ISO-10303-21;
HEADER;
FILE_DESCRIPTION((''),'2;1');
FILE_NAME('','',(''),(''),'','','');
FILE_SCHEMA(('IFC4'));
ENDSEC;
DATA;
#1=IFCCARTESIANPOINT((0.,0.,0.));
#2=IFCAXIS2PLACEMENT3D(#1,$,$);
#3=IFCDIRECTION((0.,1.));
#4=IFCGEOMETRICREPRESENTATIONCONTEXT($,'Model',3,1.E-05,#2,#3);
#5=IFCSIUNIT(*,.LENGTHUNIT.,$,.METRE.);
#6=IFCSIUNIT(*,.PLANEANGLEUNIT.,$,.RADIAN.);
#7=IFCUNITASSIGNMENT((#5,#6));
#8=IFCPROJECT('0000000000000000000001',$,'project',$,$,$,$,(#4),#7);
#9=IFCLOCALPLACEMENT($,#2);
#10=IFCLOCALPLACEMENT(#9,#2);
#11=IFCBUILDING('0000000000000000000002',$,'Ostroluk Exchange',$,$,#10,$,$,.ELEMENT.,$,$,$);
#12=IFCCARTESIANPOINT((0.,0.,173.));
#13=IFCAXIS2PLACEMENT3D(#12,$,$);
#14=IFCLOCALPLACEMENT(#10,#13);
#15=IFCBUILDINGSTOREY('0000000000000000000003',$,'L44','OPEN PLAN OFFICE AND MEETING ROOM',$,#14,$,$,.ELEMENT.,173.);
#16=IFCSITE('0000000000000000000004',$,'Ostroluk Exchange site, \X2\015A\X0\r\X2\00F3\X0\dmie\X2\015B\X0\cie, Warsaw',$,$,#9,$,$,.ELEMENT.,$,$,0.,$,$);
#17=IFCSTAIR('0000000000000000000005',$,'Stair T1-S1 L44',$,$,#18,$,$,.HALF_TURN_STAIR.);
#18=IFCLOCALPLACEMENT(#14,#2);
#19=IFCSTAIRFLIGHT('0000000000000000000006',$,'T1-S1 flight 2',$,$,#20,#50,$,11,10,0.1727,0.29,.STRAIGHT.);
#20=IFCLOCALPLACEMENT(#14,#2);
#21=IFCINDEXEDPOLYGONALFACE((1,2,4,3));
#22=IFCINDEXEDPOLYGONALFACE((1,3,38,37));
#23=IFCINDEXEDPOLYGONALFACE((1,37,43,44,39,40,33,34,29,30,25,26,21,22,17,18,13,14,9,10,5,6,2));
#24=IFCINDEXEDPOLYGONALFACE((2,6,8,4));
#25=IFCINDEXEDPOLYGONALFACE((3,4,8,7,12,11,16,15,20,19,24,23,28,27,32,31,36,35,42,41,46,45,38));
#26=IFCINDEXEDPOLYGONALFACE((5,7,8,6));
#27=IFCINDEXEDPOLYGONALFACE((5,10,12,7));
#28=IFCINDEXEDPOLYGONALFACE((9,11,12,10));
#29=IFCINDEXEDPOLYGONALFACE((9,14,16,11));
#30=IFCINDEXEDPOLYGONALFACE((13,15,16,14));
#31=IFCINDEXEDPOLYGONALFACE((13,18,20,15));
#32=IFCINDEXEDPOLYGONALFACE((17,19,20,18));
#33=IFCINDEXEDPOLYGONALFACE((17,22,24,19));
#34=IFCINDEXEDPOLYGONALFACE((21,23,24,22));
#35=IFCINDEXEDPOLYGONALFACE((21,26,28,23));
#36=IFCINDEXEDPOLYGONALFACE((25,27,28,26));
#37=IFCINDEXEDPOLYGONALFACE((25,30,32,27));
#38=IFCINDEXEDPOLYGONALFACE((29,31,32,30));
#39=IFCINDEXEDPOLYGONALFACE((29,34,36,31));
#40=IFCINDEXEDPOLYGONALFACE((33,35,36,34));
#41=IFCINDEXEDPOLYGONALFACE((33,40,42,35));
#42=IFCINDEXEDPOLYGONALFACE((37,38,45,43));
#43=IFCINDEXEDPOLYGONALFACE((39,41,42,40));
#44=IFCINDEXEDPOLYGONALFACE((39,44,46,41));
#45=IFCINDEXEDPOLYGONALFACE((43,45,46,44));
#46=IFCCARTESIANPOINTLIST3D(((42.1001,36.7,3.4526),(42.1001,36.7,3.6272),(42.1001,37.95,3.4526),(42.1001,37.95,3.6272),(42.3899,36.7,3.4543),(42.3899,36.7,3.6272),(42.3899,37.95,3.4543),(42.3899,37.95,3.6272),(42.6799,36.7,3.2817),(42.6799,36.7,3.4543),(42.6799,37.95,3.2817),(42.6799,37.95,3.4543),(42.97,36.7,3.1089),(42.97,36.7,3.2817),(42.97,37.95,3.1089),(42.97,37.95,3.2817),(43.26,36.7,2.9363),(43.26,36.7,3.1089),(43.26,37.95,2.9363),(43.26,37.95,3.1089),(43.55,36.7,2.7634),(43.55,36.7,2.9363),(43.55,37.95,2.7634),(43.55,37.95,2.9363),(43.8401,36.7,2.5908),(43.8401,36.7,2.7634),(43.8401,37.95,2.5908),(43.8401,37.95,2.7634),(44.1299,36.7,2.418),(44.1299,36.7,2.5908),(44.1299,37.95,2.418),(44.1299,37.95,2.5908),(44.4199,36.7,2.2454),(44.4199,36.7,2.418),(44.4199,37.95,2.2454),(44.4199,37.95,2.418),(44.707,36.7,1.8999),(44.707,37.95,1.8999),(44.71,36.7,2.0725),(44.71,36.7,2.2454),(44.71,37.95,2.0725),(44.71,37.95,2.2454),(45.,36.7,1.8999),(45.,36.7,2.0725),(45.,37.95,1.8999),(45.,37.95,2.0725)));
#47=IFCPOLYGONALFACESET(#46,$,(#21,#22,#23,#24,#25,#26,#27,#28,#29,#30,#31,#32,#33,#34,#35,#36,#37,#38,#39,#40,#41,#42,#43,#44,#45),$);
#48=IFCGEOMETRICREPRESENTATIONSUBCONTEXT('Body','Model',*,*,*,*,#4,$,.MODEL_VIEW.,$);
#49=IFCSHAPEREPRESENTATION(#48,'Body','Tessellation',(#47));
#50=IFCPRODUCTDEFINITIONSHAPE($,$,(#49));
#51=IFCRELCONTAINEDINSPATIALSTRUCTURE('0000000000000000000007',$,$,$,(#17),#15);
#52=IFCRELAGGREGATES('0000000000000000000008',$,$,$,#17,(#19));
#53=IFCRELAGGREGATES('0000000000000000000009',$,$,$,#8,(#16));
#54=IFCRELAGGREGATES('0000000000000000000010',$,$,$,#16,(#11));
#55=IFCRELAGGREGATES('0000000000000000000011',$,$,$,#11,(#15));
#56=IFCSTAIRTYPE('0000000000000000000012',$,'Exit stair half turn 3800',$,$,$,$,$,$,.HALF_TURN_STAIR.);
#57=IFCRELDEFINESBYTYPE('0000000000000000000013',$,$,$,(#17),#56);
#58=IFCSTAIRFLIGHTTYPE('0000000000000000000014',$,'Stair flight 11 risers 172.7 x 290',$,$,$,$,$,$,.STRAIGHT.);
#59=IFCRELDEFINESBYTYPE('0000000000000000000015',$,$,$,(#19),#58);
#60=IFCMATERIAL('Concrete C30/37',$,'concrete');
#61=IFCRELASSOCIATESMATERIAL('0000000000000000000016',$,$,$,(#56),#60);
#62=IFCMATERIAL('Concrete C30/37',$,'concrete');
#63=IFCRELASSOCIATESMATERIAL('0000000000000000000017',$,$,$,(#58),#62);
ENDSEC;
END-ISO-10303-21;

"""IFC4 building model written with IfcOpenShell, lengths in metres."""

from ifc_helpers import new_model, si_unit, direction, frame, origin, place, context, subcontext, project, spatial, polyline, outline, extrude, material, type_object, element, aggregate, save


model = new_model("IFC4")

# Units and contexts
model_context = context("Model", 3, precision=1e-05, world=origin(), true_north=direction((0.0, 1.0)))
body_context = subcontext(model_context, "Body", "Model", "MODEL_VIEW")
ifc_project = project(units=[si_unit("LENGTHUNIT", "METRE"), si_unit("PLANEANGLEUNIT", "RADIAN")], contexts=[model_context])

# Site, building, storey
site_placement = place(None, origin())
site = spatial("IfcSite", under=ifc_project, at=site_placement, Name="Ostroluk Exchange site, Śródmieście, Warsaw", CompositionType="ELEMENT", RefElevation=0.0)
building_placement = place(site_placement, origin())
building = spatial("IfcBuilding", under=site, at=building_placement, Name="Ostroluk Exchange", CompositionType="ELEMENT")
storey_placement = place(building_placement, frame((0.0, 0.0, 173.0)))
storey = spatial("IfcBuildingStorey", under=building, at=storey_placement, Name="L44", Description="OPEN PLAN OFFICE AND MEETING ROOM", CompositionType="ELEMENT", Elevation=173.0)

# Stair, stair flight
ifc_material_1 = material(Name="Concrete C30/37", Category="concrete")
stair_type = type_object("IfcStairType", Name="Exit stair half turn 3800", PredefinedType="HALF_TURN_STAIR", material=ifc_material_1)
stair_placement = place(storey_placement, origin())
stair = element("IfcStair", 1, at=stair_placement, inside=storey, type_object=stair_type, Name="Stair T1-S1 L44", PredefinedType="HALF_TURN_STAIR")
ifc_material_2 = material(Name="Concrete C30/37", Category="concrete")
stair_flight_type = type_object("IfcStairFlightType", Name="Stair flight 11 risers 172.7 x 290", PredefinedType="STRAIGHT", material=ifc_material_2)
stair_flight_1_placement = place(storey_placement, frame((45.0, 37.325, 1.8999), z_axis=(0.0, 0.0, 1.0), x_axis=(-1.0, 0.0, 0.0)))
stair_flight_1 = element("IfcStairFlight", 2, at=stair_flight_1_placement, type_object=stair_flight_type, Name="T1-S1 flight 2", NumberOfRisers=11, NumberOfTreads=10, PredefinedType="STRAIGHT", RiserHeight=0.1727, TreadLength=0.29, context=body_context, shape_type="SweptSolid", body=[
    extrude(outline(polyline([(0.0, 0.0), (0.0, 0.1726), (0.29, 0.1726), (0.29, 0.3455), (0.5801, 0.3455), (0.5801, 0.5181), (0.8701, 0.5181), (0.8701, 0.6909), (1.1599, 0.6909), (1.1599, 0.8635), (1.45, 0.8635), (1.45, 1.0364), (1.74, 1.0364), (1.74, 1.209), (2.03, 1.209), (2.03, 1.3818), (2.3201, 1.3818), (2.3201, 1.5544), (2.6101, 1.5544), (2.6101, 1.7273), (2.8999, 1.7273), (2.8999, 1.8999), (2.8999, 1.5527), (0.293, 0.0), (0.0, 0.0)])), frame((0.0, 0.625, 0.0), z_axis=(0.0, -1.0, 0.0), x_axis=(1.0, 0.0, 0.0)), (0.0, 0.0, 1.0), 1.25),
])
aggregate(stair, [stair_flight_1])

save(model, "model.ifc")
